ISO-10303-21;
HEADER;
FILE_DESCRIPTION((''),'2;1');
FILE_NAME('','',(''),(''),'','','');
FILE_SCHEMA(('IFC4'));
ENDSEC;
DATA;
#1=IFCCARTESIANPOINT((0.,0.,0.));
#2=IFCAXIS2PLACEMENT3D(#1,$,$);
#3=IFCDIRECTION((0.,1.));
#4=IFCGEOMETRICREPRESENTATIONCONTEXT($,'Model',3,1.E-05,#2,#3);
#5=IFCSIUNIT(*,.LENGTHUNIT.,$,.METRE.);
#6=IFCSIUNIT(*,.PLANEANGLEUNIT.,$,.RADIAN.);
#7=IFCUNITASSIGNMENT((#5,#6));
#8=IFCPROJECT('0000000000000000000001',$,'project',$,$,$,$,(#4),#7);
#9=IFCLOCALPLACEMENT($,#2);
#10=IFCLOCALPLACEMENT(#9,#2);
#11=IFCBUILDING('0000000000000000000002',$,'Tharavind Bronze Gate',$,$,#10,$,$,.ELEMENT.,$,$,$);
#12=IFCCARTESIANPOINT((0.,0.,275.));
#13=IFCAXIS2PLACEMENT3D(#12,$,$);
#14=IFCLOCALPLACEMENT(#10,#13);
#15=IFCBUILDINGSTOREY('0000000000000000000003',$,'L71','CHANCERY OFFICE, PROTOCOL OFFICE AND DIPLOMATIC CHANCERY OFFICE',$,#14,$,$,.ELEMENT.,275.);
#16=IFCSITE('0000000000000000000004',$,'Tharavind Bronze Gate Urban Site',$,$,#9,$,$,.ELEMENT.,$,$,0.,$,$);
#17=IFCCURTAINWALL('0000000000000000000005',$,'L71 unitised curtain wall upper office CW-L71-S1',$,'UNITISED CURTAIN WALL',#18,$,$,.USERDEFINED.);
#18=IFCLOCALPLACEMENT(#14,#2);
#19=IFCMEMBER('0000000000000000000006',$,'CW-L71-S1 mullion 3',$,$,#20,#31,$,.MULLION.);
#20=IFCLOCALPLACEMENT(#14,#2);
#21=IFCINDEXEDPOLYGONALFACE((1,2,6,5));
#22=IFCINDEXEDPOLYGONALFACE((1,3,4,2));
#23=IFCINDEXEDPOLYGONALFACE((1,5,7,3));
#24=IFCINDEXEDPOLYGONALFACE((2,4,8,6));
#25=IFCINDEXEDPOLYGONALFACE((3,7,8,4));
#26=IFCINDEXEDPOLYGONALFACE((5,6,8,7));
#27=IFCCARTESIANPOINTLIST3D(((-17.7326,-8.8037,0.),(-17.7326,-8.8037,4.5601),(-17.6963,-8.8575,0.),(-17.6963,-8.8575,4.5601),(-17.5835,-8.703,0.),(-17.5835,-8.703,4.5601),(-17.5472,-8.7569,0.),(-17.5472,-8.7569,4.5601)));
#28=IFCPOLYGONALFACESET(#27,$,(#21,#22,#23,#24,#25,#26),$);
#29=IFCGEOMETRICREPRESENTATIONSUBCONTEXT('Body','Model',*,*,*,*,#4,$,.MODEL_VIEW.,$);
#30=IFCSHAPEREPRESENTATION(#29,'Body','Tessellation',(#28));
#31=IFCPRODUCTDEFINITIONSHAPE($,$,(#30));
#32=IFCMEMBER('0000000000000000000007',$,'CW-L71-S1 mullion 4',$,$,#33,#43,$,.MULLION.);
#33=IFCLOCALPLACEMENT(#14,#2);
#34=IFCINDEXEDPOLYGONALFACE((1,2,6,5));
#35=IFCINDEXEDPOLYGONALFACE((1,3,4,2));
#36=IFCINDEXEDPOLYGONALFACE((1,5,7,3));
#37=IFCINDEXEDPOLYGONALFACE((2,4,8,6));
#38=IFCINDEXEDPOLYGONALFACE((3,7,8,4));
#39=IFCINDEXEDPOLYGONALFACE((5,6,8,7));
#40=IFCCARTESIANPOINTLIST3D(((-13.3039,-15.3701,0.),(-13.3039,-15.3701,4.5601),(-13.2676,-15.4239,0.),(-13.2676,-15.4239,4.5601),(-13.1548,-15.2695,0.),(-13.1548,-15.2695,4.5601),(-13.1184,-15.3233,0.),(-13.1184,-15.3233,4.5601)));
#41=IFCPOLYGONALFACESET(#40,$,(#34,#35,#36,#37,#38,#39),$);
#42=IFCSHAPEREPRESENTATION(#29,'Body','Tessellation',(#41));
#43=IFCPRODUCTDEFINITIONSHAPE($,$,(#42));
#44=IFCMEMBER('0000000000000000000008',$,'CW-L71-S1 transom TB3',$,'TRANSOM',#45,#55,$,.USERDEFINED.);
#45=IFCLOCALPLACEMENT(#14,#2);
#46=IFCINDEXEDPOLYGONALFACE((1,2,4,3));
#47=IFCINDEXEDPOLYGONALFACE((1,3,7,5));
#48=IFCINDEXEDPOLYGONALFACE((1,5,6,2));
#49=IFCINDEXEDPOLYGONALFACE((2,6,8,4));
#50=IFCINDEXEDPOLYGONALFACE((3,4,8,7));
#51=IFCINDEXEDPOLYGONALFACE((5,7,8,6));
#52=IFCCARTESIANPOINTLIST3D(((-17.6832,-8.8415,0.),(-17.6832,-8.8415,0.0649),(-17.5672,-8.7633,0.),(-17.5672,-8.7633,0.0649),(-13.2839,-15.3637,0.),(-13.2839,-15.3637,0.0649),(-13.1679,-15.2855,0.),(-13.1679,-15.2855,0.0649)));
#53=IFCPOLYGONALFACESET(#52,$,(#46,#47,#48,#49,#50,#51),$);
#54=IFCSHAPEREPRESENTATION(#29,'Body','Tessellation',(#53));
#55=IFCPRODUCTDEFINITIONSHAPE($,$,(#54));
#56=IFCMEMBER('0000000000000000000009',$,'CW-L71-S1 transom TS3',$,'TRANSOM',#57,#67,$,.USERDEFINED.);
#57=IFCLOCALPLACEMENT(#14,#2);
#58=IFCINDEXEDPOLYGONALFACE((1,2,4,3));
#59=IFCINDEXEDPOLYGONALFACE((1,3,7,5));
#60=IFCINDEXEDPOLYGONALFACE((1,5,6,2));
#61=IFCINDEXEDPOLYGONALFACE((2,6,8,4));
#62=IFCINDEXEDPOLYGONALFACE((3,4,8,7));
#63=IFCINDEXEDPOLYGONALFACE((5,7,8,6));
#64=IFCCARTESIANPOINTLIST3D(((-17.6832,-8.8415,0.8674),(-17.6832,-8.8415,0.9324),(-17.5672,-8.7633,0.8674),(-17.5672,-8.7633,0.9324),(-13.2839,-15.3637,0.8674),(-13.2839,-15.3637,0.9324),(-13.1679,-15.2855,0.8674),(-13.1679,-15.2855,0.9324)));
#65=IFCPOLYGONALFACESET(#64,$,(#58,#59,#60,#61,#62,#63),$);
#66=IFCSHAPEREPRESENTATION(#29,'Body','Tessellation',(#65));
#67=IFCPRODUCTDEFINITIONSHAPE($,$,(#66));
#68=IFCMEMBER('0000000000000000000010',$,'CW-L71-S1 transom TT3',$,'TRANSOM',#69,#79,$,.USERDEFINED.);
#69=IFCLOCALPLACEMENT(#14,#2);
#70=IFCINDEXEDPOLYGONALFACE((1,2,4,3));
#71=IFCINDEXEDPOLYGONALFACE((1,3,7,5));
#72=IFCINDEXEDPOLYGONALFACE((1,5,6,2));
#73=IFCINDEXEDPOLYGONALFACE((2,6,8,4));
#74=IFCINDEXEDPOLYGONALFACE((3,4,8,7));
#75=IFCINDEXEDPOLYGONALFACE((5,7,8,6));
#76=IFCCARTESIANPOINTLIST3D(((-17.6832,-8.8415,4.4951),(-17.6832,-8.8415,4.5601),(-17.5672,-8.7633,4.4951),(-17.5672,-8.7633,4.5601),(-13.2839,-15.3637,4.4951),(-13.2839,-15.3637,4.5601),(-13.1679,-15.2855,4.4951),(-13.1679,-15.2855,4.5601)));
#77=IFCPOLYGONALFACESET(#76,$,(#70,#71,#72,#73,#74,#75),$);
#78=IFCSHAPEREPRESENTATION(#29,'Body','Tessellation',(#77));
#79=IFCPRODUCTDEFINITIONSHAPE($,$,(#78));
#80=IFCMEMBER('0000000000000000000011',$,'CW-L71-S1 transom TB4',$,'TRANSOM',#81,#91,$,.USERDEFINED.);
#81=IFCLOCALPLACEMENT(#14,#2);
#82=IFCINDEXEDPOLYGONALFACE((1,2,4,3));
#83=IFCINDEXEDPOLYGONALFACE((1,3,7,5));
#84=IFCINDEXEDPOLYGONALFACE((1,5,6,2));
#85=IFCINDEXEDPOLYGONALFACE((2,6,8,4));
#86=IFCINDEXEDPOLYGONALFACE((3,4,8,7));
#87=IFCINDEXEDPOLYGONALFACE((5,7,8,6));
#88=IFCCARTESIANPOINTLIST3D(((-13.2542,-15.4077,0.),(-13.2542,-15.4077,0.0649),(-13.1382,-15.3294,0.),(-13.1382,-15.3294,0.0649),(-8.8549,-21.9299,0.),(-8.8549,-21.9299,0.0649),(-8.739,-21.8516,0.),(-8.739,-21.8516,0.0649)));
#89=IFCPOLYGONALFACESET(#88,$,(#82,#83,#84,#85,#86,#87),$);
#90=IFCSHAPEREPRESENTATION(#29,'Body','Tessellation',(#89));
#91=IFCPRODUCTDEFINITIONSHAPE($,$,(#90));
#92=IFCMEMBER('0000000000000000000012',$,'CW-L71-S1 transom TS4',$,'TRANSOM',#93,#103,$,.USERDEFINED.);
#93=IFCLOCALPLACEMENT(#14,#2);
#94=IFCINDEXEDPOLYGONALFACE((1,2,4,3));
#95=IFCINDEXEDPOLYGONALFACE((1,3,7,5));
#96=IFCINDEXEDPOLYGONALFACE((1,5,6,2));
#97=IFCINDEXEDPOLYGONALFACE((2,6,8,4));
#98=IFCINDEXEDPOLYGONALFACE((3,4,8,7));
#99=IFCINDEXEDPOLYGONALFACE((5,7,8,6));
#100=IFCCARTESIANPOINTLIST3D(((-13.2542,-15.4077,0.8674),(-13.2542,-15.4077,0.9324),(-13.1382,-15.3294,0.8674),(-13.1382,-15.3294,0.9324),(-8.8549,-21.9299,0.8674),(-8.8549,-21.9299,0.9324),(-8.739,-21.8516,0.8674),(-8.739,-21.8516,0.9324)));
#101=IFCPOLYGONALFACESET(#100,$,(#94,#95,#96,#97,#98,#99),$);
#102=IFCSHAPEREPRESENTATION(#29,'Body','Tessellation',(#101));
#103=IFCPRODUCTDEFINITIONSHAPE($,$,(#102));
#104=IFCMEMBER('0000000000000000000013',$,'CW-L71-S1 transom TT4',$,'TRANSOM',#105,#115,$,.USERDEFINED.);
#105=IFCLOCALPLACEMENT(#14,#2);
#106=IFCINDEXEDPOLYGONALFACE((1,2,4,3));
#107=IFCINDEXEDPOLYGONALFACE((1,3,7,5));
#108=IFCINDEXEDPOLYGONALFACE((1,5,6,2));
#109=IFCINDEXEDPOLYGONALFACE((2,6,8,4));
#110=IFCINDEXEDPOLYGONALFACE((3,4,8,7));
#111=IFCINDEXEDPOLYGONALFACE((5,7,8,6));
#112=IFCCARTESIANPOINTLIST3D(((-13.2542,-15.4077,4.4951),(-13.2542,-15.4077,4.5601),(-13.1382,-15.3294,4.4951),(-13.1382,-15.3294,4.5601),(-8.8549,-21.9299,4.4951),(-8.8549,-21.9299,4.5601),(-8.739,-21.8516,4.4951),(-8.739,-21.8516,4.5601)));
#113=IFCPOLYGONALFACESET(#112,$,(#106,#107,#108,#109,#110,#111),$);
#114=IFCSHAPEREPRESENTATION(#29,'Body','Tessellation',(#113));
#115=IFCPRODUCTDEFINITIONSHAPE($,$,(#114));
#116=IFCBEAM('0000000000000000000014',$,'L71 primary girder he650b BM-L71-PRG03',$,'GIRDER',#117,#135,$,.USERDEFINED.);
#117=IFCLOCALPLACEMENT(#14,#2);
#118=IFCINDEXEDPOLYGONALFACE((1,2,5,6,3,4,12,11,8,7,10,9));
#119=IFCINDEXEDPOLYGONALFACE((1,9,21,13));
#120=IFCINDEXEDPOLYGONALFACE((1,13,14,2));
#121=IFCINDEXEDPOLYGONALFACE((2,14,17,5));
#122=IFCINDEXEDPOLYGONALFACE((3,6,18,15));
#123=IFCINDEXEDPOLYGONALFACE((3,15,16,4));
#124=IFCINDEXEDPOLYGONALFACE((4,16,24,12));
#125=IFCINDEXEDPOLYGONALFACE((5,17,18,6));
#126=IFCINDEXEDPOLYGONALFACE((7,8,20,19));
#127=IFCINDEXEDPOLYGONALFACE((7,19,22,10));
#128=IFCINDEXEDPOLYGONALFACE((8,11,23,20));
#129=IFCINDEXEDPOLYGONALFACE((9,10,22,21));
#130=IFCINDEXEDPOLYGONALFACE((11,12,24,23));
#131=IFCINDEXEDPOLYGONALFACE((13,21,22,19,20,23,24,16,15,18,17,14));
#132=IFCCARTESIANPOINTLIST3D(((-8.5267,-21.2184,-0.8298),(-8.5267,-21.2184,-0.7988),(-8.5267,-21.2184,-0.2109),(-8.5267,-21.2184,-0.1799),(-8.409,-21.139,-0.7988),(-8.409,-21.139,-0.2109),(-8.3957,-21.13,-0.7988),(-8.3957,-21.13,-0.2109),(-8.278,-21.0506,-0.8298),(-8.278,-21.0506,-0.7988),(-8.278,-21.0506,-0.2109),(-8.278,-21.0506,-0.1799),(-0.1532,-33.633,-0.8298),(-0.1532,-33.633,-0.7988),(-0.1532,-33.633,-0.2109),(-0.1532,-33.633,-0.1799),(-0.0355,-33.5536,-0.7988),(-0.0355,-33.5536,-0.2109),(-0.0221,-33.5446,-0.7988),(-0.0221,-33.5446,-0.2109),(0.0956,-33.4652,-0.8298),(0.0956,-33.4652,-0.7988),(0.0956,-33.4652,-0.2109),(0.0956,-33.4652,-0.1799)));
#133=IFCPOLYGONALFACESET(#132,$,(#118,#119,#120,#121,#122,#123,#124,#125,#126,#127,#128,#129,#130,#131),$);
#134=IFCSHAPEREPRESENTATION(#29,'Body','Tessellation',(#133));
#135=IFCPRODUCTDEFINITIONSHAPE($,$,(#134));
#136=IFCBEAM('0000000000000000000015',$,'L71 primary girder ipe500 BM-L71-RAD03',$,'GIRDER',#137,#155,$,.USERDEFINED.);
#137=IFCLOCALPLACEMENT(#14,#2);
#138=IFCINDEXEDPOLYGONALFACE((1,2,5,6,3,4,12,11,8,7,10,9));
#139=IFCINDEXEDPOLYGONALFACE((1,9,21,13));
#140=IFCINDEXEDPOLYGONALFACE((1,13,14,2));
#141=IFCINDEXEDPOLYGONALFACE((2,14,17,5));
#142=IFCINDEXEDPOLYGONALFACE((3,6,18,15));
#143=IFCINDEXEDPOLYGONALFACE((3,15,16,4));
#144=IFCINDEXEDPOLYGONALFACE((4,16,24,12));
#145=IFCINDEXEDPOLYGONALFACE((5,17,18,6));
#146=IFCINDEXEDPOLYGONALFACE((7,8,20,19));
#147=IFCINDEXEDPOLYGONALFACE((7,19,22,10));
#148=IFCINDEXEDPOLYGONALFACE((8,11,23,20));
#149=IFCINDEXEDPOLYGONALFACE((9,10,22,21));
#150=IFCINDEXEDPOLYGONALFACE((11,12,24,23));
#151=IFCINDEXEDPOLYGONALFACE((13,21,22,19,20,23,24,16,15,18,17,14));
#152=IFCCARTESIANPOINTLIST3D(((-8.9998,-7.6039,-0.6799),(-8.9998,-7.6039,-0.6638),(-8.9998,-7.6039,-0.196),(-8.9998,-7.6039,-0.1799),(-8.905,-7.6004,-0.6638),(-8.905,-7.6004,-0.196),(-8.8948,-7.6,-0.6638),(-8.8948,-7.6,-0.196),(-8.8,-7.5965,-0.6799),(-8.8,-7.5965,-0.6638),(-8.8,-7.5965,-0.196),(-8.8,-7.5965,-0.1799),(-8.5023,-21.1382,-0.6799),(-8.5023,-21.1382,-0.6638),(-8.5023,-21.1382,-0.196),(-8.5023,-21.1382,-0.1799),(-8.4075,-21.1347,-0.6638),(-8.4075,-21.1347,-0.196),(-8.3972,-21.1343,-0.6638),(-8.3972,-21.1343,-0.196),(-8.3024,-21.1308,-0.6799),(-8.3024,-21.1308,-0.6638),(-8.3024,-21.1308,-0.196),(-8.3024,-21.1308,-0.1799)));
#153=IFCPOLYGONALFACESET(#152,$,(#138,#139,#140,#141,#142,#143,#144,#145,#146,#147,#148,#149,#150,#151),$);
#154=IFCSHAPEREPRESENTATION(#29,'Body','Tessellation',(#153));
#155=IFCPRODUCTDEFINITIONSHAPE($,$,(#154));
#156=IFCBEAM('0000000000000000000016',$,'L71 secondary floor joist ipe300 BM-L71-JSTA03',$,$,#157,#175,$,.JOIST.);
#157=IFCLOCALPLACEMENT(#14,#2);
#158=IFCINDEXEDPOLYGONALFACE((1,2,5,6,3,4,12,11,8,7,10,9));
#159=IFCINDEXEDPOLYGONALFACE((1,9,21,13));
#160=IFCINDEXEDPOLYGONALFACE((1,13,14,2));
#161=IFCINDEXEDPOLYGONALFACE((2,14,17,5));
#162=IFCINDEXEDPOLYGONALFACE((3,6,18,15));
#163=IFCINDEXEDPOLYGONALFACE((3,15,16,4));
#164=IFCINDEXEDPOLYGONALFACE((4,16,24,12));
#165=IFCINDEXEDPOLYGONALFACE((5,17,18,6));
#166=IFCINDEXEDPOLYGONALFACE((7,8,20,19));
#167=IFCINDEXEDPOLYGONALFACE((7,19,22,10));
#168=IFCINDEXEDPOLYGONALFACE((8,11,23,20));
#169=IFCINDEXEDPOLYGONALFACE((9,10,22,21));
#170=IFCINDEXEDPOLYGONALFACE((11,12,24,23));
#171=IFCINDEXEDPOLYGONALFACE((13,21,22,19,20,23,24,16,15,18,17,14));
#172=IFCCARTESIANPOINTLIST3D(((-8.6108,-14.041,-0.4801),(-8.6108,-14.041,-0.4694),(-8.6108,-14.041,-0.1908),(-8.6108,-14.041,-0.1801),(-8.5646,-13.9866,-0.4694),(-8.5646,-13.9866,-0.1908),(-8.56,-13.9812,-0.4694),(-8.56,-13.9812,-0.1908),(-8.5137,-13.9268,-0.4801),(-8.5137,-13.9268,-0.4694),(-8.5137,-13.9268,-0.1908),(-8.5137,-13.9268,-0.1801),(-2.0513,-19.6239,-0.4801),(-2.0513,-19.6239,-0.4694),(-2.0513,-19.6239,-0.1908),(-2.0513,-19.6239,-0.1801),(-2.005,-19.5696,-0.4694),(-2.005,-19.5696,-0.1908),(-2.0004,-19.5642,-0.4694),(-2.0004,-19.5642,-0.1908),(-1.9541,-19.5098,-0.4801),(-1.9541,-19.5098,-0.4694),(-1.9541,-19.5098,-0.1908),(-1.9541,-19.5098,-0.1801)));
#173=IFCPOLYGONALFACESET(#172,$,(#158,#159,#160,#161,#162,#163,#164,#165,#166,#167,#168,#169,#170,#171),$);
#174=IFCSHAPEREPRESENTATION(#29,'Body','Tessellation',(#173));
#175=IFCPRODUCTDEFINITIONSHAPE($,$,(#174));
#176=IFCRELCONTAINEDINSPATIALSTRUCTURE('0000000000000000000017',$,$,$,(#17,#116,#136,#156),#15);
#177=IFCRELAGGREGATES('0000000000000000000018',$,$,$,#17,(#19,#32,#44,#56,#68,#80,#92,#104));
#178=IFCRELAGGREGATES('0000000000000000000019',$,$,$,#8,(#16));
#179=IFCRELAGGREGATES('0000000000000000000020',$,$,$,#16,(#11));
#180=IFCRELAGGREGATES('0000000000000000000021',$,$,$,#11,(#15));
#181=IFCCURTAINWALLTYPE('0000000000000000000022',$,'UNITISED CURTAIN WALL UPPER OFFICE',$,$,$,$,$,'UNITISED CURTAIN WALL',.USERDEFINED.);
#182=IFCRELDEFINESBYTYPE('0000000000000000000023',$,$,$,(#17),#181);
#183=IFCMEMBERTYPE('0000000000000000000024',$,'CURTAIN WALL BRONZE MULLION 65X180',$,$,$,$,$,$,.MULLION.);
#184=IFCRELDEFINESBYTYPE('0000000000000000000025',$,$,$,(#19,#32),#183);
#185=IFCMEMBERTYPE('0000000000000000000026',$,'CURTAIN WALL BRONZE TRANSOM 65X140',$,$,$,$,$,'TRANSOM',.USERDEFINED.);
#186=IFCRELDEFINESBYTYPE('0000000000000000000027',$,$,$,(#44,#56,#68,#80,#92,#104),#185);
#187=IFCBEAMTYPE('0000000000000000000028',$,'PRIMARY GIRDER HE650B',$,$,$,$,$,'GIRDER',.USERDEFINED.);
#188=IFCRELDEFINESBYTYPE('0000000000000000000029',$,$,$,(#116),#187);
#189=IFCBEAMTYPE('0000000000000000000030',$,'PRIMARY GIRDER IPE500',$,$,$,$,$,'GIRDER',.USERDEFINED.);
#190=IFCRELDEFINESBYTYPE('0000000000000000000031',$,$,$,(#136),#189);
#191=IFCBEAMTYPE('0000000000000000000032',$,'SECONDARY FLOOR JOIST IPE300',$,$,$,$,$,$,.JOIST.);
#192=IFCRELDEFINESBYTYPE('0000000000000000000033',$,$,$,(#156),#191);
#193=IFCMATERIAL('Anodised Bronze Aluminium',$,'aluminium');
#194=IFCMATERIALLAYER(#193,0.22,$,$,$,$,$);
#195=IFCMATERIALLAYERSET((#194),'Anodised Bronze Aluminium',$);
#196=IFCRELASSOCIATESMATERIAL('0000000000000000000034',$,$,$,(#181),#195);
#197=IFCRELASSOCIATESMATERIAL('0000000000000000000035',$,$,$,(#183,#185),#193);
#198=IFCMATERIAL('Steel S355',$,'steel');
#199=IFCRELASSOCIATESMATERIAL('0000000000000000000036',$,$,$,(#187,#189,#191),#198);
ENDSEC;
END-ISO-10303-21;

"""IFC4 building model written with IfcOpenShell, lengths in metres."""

from ifc_helpers import new_model, si_unit, direction, frame, origin, origin_2d, place, context, subcontext, project, spatial, rectangle, i_section, extrude, material, layer, layer_set, material_profile, profile_set, type_object, element, aggregate, save


model = new_model("IFC4")

# Units and contexts
model_context = context("Model", 3, precision=1e-05, world=origin(), true_north=direction((0.0, 1.0)))
body_context = subcontext(model_context, "Body", "Model", "MODEL_VIEW")
ifc_project = project(units=[si_unit("LENGTHUNIT", "METRE"), si_unit("PLANEANGLEUNIT", "RADIAN")], contexts=[model_context])

# Site, building, storey
site_placement = place(None, origin())
site = spatial("IfcSite", under=ifc_project, at=site_placement, Name="Tharavind Bronze Gate Urban Site", CompositionType="ELEMENT", RefElevation=0.0)
building_placement = place(site_placement, origin())
building = spatial("IfcBuilding", under=site, at=building_placement, Name="Tharavind Bronze Gate", CompositionType="ELEMENT")
storey_placement = place(building_placement, frame((0.0, 0.0, 275.0)))
storey = spatial("IfcBuildingStorey", under=building, at=storey_placement, Name="L71", Description="CHANCERY OFFICE, PROTOCOL OFFICE AND DIPLOMATIC CHANCERY OFFICE", CompositionType="ELEMENT", Elevation=275.0)

# Curtain wall, members
ifc_material_1 = material(Name="Anodised Bronze Aluminium", Category="aluminium")
ifc_layer_1 = layer(ifc_material_1, 0.22)
ifc_layer_set_1 = layer_set([ifc_layer_1], Name="Anodised Bronze Aluminium")
curtain_wall_type = type_object("IfcCurtainWallType", Name="UNITISED CURTAIN WALL UPPER OFFICE", ElementType="UNITISED CURTAIN WALL", PredefinedType="USERDEFINED", material=ifc_layer_set_1)
curtain_wall_placement = place(storey_placement, origin())
curtain_wall = element("IfcCurtainWall", 1, at=curtain_wall_placement, inside=storey, type_object=curtain_wall_type, Name="L71 unitised curtain wall upper office CW-L71-S1", ObjectType="UNITISED CURTAIN WALL", PredefinedType="USERDEFINED")
member_type_1 = type_object("IfcMemberType", Name="CURTAIN WALL BRONZE MULLION 65X180", PredefinedType="MULLION", material=ifc_material_1)
member_1_placement = place(storey_placement, frame((-17.6399, -8.7803, 0.0), z_axis=(0.0, 0.0, 1.0), x_axis=(0.559191, -0.829039, 0.0)))
member_1 = element("IfcMember", 2, at=member_1_placement, type_object=member_type_1, Name="CW-L71-S1 mullion 3", PredefinedType="MULLION", context=body_context, shape_type="SweptSolid", body=[
    extrude(rectangle(XDim=0.0649, YDim=0.1799, at=origin_2d()), origin(), (0.0, 0.0, 1.0), 4.5601),
])
member_2_placement = place(storey_placement, frame((-13.2112, -15.3467, 0.0), z_axis=(0.0, 0.0, 1.0), x_axis=(0.559191, -0.829039, 0.0)))
member_2 = element("IfcMember", 3, at=member_2_placement, type_object=member_type_1, Name="CW-L71-S1 mullion 4", PredefinedType="MULLION", context=body_context, shape_type="SweptSolid", body=[
    extrude(rectangle(XDim=0.0649, YDim=0.1799, at=origin_2d()), origin(), (0.0, 0.0, 1.0), 4.5601),
])
member_type_2 = type_object("IfcMemberType", Name="CURTAIN WALL BRONZE TRANSOM 65X140", ElementType="TRANSOM", PredefinedType="USERDEFINED", material=ifc_material_1)
member_3_placement = place(storey_placement, frame((-15.4255, -12.0635, 0.0), z_axis=(0.0, 0.0, 1.0), x_axis=(0.559191, -0.829039, 0.0)))
member_3 = element("IfcMember", 4, at=member_3_placement, type_object=member_type_2, Name="CW-L71-S1 transom TB3", ObjectType="TRANSOM", PredefinedType="USERDEFINED", context=body_context, shape_type="SweptSolid", body=[
    extrude(rectangle(XDim=7.8672, YDim=0.1399, at=origin_2d()), origin(), (0.0, 0.0, 1.0), 0.0649),
])
member_4_placement = place(storey_placement, frame((-15.4255, -12.0635, 0.8674), z_axis=(0.0, 0.0, 1.0), x_axis=(0.559191, -0.829039, 0.0)))
member_4 = element("IfcMember", 5, at=member_4_placement, type_object=member_type_2, Name="CW-L71-S1 transom TS3", ObjectType="TRANSOM", PredefinedType="USERDEFINED", context=body_context, shape_type="SweptSolid", body=[
    extrude(rectangle(XDim=7.8672, YDim=0.1399, at=origin_2d()), origin(), (0.0, 0.0, 1.0), 0.0649),
])
member_5_placement = place(storey_placement, frame((-15.4255, -12.0635, 4.4951), z_axis=(0.0, 0.0, 1.0), x_axis=(0.559191, -0.829039, 0.0)))
member_5 = element("IfcMember", 6, at=member_5_placement, type_object=member_type_2, Name="CW-L71-S1 transom TT3", ObjectType="TRANSOM", PredefinedType="USERDEFINED", context=body_context, shape_type="SweptSolid", body=[
    extrude(rectangle(XDim=7.8672, YDim=0.1399, at=origin_2d()), origin(), (0.0, 0.0, 1.0), 0.0649),
])
member_6_placement = place(storey_placement, frame((-10.9966, -18.6296, 0.0), z_axis=(0.0, 0.0, 1.0), x_axis=(0.559191, -0.829039, 0.0)))
member_6 = element("IfcMember", 7, at=member_6_placement, type_object=member_type_2, Name="CW-L71-S1 transom TB4", ObjectType="TRANSOM", PredefinedType="USERDEFINED", context=body_context, shape_type="SweptSolid", body=[
    extrude(rectangle(XDim=7.8672, YDim=0.1399, at=origin_2d()), origin(), (0.0, 0.0, 1.0), 0.0649),
])
member_7_placement = place(storey_placement, frame((-10.9966, -18.6296, 0.8674), z_axis=(0.0, 0.0, 1.0), x_axis=(0.559191, -0.829039, 0.0)))
member_7 = element("IfcMember", 8, at=member_7_placement, type_object=member_type_2, Name="CW-L71-S1 transom TS4", ObjectType="TRANSOM", PredefinedType="USERDEFINED", context=body_context, shape_type="SweptSolid", body=[
    extrude(rectangle(XDim=7.8672, YDim=0.1399, at=origin_2d()), origin(), (0.0, 0.0, 1.0), 0.0649),
])
member_8_placement = place(storey_placement, frame((-10.9966, -18.6296, 4.4951), z_axis=(0.0, 0.0, 1.0), x_axis=(0.559191, -0.829039, 0.0)))
member_8 = element("IfcMember", 9, at=member_8_placement, type_object=member_type_2, Name="CW-L71-S1 transom TT4", ObjectType="TRANSOM", PredefinedType="USERDEFINED", context=body_context, shape_type="SweptSolid", body=[
    extrude(rectangle(XDim=7.8672, YDim=0.1399, at=origin_2d()), origin(), (0.0, 0.0, 1.0), 0.0649),
])

# Beams
ifc_material_2 = material(Name="Steel S355", Category="steel")
ifc_material_profile_1 = material_profile(ifc_material_2, i_section(OverallWidth=0.3, OverallDepth=0.6499, WebThickness=0.0161, FlangeThickness=0.031, at=origin_2d()), Name="HE650B")
ifc_profile_set_1 = profile_set([ifc_material_profile_1], Name="Steel S355")
beam_type_1 = type_object("IfcBeamType", Name="PRIMARY GIRDER HE650B", ElementType="GIRDER", PredefinedType="USERDEFINED", material=ifc_profile_set_1)
beam_1_placement = place(storey_placement, frame((-8.4023, -21.1345, -0.5049), z_axis=(0.559184, -0.829043, 0.0), x_axis=(0.829043, 0.559184, 0.0)))
element("IfcBeam", 10, at=beam_1_placement, inside=storey, type_object=beam_type_1, Name="L71 primary girder he650b BM-L71-PRG03", ObjectType="GIRDER", PredefinedType="USERDEFINED", context=body_context, shape_type="SweptSolid", body=[
    extrude(i_section(OverallWidth=0.3, OverallDepth=0.6499, WebThickness=0.0161, FlangeThickness=0.031, at=origin_2d()), origin(), (0.0, 0.0, 1.0), 14.9746),
])
ifc_material_profile_2 = material_profile(ifc_material_2, i_section(OverallWidth=0.2, OverallDepth=0.5, WebThickness=0.0103, FlangeThickness=0.0161, at=origin_2d()), Name="IPE500")
ifc_profile_set_2 = profile_set([ifc_material_profile_2], Name="Steel S355")
beam_type_2 = type_object("IfcBeamType", Name="PRIMARY GIRDER IPE500", ElementType="GIRDER", PredefinedType="USERDEFINED", material=ifc_profile_set_2)
beam_2_placement = place(storey_placement, frame((-8.4023, -21.1345, -0.4299), z_axis=(-0.036738, 0.999325, 0.0), x_axis=(-0.999325, -0.036738, 0.0)))
element("IfcBeam", 11, at=beam_2_placement, inside=storey, type_object=beam_type_2, Name="L71 primary girder ipe500 BM-L71-RAD03", ObjectType="GIRDER", PredefinedType="USERDEFINED", context=body_context, shape_type="SweptSolid", body=[
    extrude(i_section(OverallWidth=0.2, OverallDepth=0.5, WebThickness=0.0103, FlangeThickness=0.0161, at=origin_2d()), origin(), (0.0, 0.0, 1.0), 13.5435),
])
ifc_material_profile_3 = material_profile(ifc_material_2, i_section(OverallWidth=0.1499, OverallDepth=0.3, WebThickness=0.0071, FlangeThickness=0.0107, at=origin_2d()), Name="IPE300")
ifc_profile_set_3 = profile_set([ifc_material_profile_3], Name="Steel S355")
beam_type_3 = type_object("IfcBeamType", Name="SECONDARY FLOOR JOIST IPE300", PredefinedType="JOIST", material=ifc_profile_set_3)
beam_3_placement = place(storey_placement, frame((-8.5623, -13.9839, -0.3301), z_axis=(0.761517, -0.648145, 0.0), x_axis=(0.648145, 0.761517, 0.0)))
element("IfcBeam", 12, at=beam_3_placement, inside=storey, type_object=beam_type_3, Name="L71 secondary floor joist ipe300 BM-L71-JSTA03", PredefinedType="JOIST", context=body_context, shape_type="SweptSolid", body=[
    extrude(i_section(OverallWidth=0.1499, OverallDepth=0.3, WebThickness=0.0071, FlangeThickness=0.0107, at=origin_2d()), origin(), (0.0, 0.0, 1.0), 8.6138),
])

aggregate(curtain_wall, [member_1, member_2, member_3, member_4, member_5, member_6, member_7, member_8])

save(model, "model.ifc")
